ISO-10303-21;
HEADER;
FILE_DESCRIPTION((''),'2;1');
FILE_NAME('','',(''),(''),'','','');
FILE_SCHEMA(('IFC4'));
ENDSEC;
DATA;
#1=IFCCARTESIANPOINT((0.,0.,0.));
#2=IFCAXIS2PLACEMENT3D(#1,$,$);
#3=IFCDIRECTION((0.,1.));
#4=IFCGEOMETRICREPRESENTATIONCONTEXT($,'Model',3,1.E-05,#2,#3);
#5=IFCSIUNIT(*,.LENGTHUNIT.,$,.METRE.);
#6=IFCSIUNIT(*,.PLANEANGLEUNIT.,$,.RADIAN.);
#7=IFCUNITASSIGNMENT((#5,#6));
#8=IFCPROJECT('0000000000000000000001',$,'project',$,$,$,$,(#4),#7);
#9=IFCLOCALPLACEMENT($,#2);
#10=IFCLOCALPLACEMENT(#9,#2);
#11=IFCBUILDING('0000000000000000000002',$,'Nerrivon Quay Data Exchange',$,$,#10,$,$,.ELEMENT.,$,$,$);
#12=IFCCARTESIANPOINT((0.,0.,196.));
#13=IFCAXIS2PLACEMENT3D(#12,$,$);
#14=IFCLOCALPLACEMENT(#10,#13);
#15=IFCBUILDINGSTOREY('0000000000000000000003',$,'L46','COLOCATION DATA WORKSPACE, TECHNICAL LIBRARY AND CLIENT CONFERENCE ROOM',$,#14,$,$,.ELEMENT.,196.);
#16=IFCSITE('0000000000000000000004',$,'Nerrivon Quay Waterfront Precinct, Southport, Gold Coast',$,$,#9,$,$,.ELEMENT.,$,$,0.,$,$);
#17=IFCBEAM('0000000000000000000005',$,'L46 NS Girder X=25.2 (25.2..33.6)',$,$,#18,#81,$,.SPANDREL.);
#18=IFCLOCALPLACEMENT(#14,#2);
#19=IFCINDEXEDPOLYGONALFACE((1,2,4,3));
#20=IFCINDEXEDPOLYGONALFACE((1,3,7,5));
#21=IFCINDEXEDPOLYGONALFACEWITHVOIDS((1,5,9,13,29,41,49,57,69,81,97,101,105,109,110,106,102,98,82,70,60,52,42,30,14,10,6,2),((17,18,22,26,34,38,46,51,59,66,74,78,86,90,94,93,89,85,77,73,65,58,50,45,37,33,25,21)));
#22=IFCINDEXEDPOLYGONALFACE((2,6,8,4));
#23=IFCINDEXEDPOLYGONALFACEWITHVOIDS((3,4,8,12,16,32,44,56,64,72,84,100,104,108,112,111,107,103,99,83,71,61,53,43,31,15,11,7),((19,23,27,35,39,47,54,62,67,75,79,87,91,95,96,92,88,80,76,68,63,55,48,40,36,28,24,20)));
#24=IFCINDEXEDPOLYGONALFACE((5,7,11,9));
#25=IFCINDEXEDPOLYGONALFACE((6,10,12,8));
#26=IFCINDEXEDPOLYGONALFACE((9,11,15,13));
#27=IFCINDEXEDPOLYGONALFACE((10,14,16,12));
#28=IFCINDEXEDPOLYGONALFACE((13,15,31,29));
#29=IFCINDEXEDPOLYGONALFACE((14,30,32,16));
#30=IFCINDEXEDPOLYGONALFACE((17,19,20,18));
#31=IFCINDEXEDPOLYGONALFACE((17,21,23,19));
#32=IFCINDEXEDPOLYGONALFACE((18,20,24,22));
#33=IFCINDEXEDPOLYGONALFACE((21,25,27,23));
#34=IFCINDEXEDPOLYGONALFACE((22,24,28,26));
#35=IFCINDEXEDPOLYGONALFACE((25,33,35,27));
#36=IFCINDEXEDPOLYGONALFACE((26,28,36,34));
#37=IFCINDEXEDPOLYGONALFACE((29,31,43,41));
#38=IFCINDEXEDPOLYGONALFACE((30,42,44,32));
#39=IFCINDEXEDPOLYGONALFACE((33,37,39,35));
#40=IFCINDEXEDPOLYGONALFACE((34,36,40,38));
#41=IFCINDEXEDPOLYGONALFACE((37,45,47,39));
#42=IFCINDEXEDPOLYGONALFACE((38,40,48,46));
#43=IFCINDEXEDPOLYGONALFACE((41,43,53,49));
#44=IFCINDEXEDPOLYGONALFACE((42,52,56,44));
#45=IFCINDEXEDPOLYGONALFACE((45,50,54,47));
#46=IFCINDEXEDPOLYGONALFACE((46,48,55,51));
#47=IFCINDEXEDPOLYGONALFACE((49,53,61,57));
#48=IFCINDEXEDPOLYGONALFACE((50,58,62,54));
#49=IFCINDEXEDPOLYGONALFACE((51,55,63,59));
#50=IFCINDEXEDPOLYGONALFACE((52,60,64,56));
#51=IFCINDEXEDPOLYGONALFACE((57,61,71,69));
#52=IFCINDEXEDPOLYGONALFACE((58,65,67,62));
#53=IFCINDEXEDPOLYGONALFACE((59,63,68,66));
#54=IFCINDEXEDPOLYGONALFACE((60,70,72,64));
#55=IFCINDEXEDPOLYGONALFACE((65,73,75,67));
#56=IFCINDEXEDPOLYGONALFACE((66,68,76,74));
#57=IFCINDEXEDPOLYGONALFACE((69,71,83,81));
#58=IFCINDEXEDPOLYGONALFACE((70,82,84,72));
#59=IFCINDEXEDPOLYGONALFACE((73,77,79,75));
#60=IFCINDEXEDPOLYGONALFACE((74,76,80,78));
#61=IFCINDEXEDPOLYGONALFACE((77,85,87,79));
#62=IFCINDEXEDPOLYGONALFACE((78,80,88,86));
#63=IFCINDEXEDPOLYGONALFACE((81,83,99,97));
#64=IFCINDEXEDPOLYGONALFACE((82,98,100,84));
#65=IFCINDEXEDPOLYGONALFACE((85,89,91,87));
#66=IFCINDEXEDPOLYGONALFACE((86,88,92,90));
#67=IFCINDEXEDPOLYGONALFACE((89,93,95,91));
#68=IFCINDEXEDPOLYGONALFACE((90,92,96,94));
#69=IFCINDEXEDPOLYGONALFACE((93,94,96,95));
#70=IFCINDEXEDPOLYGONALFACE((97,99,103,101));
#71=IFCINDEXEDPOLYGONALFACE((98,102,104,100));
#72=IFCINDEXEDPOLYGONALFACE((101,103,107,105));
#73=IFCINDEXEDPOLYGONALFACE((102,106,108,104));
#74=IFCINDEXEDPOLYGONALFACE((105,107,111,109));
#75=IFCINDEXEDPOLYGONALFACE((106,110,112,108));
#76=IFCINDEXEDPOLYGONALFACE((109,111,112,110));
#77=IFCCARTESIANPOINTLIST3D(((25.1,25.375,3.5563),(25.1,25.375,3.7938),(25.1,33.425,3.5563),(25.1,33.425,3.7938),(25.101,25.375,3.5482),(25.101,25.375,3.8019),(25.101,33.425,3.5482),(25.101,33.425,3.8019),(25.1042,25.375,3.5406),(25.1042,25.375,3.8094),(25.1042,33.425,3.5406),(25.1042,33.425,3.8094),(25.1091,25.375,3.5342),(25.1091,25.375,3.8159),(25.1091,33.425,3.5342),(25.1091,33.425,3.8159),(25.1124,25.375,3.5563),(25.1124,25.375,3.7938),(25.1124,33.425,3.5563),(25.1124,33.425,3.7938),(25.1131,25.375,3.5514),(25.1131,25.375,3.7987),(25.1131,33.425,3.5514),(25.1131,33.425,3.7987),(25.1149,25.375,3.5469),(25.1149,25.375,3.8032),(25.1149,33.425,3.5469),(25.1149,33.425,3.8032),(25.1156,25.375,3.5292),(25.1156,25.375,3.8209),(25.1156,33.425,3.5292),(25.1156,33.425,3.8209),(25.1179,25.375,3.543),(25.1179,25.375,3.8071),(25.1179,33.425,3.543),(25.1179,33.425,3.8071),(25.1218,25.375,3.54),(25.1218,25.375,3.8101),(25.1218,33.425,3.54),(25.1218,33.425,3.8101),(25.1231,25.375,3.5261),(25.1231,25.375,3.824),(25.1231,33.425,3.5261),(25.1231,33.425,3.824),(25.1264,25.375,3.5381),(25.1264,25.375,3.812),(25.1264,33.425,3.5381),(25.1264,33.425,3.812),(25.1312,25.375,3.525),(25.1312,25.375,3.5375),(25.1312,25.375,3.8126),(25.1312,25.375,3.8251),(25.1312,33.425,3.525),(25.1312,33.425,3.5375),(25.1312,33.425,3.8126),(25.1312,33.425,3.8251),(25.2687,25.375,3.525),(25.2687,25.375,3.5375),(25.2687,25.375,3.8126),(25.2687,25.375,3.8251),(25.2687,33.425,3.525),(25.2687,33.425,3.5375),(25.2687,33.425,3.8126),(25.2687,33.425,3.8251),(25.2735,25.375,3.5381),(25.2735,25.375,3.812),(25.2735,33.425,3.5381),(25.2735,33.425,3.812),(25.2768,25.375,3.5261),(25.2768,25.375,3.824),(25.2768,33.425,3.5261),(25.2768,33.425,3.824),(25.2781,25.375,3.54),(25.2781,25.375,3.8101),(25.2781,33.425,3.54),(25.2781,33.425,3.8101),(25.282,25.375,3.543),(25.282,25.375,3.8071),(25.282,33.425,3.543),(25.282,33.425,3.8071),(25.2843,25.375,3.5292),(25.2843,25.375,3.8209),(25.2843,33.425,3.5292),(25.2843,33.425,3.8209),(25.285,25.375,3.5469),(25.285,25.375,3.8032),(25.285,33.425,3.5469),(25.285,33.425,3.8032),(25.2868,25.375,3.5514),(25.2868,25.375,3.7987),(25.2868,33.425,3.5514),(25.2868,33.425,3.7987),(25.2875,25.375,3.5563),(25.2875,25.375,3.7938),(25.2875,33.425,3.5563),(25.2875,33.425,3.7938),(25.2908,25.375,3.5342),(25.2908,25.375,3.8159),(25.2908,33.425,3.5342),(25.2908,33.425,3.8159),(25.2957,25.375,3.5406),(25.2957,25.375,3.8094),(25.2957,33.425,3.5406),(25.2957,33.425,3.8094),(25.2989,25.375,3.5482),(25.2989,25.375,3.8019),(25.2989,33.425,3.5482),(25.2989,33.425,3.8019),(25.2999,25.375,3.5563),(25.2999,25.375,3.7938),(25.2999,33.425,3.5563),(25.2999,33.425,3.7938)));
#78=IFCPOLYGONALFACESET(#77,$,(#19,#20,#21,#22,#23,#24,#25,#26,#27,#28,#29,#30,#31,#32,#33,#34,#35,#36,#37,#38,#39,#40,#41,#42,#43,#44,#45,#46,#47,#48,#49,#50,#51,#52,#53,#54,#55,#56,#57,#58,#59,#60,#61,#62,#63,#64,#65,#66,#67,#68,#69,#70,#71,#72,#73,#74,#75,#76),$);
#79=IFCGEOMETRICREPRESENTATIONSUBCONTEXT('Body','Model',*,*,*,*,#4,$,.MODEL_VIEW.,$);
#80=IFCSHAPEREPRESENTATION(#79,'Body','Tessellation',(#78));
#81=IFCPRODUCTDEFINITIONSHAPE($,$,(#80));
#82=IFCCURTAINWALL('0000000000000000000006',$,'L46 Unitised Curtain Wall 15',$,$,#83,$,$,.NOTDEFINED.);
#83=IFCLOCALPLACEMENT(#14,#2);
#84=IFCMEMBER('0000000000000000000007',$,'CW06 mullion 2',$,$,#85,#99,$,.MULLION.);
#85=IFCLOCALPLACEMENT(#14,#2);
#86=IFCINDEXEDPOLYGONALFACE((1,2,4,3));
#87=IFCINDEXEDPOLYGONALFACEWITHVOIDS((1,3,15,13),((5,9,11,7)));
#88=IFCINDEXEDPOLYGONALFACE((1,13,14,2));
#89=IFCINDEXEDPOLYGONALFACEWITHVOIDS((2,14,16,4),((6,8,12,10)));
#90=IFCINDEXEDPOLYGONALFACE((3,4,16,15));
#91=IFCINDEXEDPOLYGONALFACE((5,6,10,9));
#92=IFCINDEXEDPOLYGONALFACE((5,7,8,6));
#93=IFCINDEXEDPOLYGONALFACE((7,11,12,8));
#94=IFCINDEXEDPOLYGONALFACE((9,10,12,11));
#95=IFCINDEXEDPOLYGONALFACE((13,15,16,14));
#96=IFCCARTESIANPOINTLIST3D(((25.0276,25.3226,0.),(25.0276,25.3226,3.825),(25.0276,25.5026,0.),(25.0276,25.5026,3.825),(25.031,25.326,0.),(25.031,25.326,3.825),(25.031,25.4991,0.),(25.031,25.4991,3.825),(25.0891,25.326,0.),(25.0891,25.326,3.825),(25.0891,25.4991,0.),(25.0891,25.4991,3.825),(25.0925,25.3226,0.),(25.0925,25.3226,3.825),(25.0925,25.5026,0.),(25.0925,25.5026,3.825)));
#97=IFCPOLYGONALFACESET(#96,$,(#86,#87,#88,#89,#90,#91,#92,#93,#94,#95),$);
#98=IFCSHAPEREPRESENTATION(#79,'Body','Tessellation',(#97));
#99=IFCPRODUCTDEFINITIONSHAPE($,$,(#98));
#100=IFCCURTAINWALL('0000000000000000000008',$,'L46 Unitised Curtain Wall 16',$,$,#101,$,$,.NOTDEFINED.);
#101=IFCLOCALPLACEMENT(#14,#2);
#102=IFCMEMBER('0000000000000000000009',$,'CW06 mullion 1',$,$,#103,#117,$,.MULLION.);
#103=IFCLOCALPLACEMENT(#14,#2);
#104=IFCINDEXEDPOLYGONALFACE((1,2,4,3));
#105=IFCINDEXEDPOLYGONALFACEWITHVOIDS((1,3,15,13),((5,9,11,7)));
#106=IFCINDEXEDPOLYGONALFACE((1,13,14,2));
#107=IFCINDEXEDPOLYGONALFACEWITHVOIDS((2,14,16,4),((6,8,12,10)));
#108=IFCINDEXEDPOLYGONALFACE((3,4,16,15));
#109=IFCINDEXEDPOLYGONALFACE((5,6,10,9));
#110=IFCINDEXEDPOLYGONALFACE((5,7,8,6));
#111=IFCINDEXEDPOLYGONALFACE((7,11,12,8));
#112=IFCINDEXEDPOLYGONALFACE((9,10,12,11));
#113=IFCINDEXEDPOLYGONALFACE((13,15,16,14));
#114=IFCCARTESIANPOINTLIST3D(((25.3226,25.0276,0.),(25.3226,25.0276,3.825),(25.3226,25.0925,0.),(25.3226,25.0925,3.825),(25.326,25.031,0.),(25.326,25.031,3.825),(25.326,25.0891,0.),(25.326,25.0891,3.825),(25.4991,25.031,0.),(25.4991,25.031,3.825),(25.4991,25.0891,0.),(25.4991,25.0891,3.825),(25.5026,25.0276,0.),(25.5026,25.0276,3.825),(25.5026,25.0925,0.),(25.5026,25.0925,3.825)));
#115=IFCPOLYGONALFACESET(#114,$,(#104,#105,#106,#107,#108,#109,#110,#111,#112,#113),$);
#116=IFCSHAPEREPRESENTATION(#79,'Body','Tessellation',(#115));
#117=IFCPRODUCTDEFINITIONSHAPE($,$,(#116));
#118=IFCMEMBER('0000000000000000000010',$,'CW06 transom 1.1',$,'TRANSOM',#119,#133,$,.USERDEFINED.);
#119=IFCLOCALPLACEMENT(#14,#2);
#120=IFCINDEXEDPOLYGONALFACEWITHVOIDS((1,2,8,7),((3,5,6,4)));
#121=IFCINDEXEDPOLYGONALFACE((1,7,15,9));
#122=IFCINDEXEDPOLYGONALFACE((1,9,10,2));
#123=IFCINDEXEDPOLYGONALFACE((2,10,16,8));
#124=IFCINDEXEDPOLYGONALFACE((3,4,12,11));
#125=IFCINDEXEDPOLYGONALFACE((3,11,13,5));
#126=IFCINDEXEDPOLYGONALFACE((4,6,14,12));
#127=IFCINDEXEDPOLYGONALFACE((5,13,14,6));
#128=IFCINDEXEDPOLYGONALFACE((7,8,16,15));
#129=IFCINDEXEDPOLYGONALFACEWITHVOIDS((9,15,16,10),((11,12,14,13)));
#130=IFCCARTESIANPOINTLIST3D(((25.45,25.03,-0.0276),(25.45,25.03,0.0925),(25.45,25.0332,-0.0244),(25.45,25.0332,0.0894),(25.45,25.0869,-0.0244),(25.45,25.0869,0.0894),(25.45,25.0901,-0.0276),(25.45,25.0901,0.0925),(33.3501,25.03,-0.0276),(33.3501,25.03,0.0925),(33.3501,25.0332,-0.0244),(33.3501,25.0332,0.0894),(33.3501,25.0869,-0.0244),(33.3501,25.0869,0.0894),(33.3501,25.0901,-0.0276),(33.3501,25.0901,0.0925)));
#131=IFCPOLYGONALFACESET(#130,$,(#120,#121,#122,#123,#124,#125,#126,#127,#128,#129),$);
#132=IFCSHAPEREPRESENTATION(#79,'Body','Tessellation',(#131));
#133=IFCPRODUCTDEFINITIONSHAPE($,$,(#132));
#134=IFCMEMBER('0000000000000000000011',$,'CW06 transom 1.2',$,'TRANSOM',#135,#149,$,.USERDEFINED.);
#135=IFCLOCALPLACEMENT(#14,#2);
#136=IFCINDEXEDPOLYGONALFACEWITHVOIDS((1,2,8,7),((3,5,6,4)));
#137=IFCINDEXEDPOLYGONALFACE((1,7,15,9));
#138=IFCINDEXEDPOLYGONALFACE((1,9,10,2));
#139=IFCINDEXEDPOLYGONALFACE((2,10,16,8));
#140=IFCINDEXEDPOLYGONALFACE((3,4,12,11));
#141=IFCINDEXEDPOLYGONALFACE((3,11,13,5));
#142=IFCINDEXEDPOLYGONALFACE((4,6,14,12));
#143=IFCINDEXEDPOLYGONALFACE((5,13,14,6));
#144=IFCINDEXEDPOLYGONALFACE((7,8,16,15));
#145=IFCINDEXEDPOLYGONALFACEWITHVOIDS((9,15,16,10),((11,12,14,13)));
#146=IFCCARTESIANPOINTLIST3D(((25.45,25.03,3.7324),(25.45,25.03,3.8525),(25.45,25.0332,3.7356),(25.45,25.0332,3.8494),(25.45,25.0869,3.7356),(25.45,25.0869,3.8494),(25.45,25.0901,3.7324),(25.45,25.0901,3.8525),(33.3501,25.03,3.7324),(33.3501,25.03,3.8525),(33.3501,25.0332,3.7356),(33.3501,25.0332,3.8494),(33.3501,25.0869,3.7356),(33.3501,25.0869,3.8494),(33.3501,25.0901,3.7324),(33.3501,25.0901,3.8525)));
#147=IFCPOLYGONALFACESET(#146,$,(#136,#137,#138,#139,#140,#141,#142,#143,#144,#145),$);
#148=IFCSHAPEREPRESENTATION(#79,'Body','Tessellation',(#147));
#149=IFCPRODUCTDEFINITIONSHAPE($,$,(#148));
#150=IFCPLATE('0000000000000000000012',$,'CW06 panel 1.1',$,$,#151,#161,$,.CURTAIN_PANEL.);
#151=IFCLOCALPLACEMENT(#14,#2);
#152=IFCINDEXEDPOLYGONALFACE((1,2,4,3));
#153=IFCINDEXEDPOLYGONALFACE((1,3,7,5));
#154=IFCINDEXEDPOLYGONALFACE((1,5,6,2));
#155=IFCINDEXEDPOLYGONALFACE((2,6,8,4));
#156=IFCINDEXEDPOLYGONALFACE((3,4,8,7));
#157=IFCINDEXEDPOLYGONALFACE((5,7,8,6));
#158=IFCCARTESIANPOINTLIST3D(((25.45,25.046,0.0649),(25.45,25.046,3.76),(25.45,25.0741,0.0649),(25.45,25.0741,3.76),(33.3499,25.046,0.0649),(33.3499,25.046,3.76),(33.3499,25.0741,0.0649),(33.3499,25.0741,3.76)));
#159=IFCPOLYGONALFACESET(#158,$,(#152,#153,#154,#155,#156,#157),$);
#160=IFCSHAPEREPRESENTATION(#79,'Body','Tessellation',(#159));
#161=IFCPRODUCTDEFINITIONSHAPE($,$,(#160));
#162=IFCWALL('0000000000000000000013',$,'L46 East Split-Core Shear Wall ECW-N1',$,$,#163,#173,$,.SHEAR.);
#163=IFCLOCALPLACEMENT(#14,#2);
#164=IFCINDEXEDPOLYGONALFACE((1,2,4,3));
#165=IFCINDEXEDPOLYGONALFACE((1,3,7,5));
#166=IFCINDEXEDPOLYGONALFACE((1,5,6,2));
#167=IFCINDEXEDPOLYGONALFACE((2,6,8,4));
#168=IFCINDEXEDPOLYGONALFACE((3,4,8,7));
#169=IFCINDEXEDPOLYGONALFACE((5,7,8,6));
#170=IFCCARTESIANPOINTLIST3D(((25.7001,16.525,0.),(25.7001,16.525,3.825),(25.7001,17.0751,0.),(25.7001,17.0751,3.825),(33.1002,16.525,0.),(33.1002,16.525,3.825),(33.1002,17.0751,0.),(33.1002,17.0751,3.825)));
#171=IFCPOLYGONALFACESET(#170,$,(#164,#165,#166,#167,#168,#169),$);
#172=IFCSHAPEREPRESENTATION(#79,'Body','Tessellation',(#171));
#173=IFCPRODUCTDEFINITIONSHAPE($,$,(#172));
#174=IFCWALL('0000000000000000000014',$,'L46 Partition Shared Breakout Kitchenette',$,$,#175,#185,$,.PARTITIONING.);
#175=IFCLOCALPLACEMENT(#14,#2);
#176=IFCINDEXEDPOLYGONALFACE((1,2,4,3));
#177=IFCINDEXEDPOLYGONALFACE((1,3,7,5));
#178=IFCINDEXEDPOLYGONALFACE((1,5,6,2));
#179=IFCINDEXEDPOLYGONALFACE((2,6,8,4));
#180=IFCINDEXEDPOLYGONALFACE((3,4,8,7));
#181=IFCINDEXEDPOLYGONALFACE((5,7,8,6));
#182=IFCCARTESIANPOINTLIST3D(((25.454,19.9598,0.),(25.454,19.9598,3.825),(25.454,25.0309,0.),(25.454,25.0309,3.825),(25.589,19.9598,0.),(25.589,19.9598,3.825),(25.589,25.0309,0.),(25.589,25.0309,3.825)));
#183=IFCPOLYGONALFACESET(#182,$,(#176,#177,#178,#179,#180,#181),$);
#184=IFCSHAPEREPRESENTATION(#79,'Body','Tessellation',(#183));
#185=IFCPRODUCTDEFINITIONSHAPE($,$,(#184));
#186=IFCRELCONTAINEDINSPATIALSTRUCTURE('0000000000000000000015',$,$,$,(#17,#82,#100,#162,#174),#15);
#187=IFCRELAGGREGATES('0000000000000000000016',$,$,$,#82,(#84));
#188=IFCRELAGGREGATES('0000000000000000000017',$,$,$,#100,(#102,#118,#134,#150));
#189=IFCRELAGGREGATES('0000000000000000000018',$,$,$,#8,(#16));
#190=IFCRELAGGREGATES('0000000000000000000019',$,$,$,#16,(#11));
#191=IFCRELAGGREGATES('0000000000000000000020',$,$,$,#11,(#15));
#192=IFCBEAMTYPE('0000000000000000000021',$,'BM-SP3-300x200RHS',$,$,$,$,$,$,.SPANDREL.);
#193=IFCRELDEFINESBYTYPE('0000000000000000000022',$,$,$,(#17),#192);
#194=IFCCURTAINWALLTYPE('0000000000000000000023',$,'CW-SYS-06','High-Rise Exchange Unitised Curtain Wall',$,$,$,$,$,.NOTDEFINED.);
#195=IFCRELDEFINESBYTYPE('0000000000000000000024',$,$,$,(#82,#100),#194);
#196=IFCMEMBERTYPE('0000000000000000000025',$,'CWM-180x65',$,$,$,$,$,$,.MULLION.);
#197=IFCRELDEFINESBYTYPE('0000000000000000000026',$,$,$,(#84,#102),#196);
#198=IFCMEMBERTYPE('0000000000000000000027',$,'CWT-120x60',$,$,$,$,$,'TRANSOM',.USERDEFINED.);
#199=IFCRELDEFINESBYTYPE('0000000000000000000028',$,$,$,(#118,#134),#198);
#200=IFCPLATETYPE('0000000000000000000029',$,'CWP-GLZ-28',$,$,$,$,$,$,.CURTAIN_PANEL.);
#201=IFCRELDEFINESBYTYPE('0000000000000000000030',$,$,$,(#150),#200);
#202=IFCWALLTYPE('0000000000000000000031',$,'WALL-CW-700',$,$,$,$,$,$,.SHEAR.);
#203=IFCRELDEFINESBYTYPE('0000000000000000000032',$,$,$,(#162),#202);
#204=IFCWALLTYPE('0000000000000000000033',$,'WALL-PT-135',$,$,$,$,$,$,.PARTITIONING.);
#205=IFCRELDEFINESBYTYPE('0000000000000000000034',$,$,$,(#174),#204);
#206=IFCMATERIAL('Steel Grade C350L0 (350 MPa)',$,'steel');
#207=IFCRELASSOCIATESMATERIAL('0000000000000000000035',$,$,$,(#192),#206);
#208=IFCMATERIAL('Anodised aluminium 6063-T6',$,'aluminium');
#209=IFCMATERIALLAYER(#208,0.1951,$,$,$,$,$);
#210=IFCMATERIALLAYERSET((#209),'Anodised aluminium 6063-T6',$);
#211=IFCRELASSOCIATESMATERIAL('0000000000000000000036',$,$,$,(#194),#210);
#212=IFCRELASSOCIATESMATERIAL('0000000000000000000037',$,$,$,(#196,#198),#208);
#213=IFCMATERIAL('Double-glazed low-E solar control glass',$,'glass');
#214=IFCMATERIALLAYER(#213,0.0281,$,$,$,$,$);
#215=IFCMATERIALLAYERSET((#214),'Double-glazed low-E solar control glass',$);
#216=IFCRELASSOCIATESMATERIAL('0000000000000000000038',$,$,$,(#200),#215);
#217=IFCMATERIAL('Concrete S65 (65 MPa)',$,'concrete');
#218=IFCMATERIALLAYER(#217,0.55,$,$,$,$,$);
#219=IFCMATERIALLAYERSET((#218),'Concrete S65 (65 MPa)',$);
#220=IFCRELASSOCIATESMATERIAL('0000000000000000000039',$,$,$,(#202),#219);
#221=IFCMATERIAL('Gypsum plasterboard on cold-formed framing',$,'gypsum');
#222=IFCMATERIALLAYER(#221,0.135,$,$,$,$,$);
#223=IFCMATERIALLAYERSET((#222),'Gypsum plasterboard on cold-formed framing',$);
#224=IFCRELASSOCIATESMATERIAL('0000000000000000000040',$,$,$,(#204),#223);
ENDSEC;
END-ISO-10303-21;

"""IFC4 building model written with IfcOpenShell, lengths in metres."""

from ifc_helpers import new_model, si_unit, direction, frame, frame_2d, origin, origin_2d, place, context, subcontext, project, spatial, rectangle, hollow_rectangle, extrude, material, layer, layer_set, material_profile, profile_set, type_object, element, aggregate, save


model = new_model("IFC4")

# Units and contexts
model_context = context("Model", 3, precision=1e-05, world=origin(), true_north=direction((0.0, 1.0)))
body_context = subcontext(model_context, "Body", "Model", "MODEL_VIEW")
ifc_project = project(units=[si_unit("LENGTHUNIT", "METRE"), si_unit("PLANEANGLEUNIT", "RADIAN")], contexts=[model_context])

# Site, building, storey
site_placement = place(None, origin())
site = spatial("IfcSite", under=ifc_project, at=site_placement, Name="Nerrivon Quay Waterfront Precinct, Southport, Gold Coast", CompositionType="ELEMENT", RefElevation=0.0)
building_placement = place(site_placement, origin())
building = spatial("IfcBuilding", under=site, at=building_placement, Name="Nerrivon Quay Data Exchange", CompositionType="ELEMENT")
storey_placement = place(building_placement, frame((0.0, 0.0, 196.0)))
storey = spatial("IfcBuildingStorey", under=building, at=storey_placement, Name="L46", Description="COLOCATION DATA WORKSPACE, TECHNICAL LIBRARY AND CLIENT CONFERENCE ROOM", CompositionType="ELEMENT", Elevation=196.0)

# Shared definitions
ifc_material_1 = material(Name="Concrete S65 (65 MPa)", Category="concrete")

# Beam
ifc_material_2 = material(Name="Steel Grade C350L0 (350 MPa)", Category="steel")
ifc_material_profile_1 = material_profile(ifc_material_2, hollow_rectangle(XDim=0.2, YDim=0.3, WallThickness=0.0125, InnerFilletRadius=0.0188, OuterFilletRadius=0.0312, at=origin_2d()), Name="300x200x12.5RHS")
ifc_profile_set_1 = profile_set([ifc_material_profile_1], Name="Steel Grade C350L0 (350 MPa)")
beam_type_1 = type_object("IfcBeamType", Name="BM-SP3-300x200RHS", PredefinedType="SPANDREL", material=ifc_profile_set_1)
beam_1_placement = place(storey_placement, frame((25.2, 25.375, 3.675), z_axis=(0.0, 1.0, 0.0), x_axis=(-1.0, 0.0, 0.0)))
element("IfcBeam", 1, at=beam_1_placement, inside=storey, type_object=beam_type_1, Name="L46 NS Girder X=25.2 (25.2..33.6)", PredefinedType="SPANDREL", context=body_context, shape_type="SweptSolid", body=[
    extrude(hollow_rectangle(XDim=0.2, YDim=0.3, WallThickness=0.0125, InnerFilletRadius=0.0188, OuterFilletRadius=0.0312, at=origin_2d()), origin(), (0.0, 0.0, 1.0), 8.05),
])

# Curtain wall, member
ifc_material_3 = material(Name="Anodised aluminium 6063-T6", Category="aluminium")
ifc_layer_1 = layer(ifc_material_3, 0.1951)
ifc_layer_set_1 = layer_set([ifc_layer_1], Name="Anodised aluminium 6063-T6")
curtain_wall_type = type_object("IfcCurtainWallType", Name="CW-SYS-06", Description="High-Rise Exchange Unitised Curtain Wall", PredefinedType="NOTDEFINED", material=ifc_layer_set_1)
curtain_wall_1_placement = place(storey_placement, origin())
curtain_wall_1 = element("IfcCurtainWall", 2, at=curtain_wall_1_placement, inside=storey, type_object=curtain_wall_type, Name="L46 Unitised Curtain Wall 15", PredefinedType="NOTDEFINED")
ifc_material_profile_2 = material_profile(ifc_material_3, hollow_rectangle(XDim=0.0649, YDim=0.1799, WallThickness=0.0034, at=origin_2d()), Name="ALU-MULL-180x65")
ifc_profile_set_2 = profile_set([ifc_material_profile_2], Name="Anodised aluminium 6063-T6")
member_type_1 = type_object("IfcMemberType", Name="CWM-180x65", PredefinedType="MULLION", material=ifc_profile_set_2)
member_1_placement = place(storey_placement, frame((25.0601, 25.4126, 0.0), z_axis=(0.0, 0.0, 1.0), x_axis=(1.0, 0.0, 0.0)))
member_1 = element("IfcMember", 3, at=member_1_placement, type_object=member_type_1, Name="CW06 mullion 2", PredefinedType="MULLION", context=body_context, shape_type="SweptSolid", body=[
    extrude(hollow_rectangle(XDim=0.0649, YDim=0.1799, WallThickness=0.0034, at=origin_2d()), origin(), (0.0, 0.0, 1.0), 3.825),
])
aggregate(curtain_wall_1, [member_1])

# Curtain wall, members, plate
curtain_wall_2_placement = place(storey_placement, origin())
curtain_wall_2 = element("IfcCurtainWall", 4, at=curtain_wall_2_placement, inside=storey, type_object=curtain_wall_type, Name="L46 Unitised Curtain Wall 16", PredefinedType="NOTDEFINED")
member_2_placement = place(storey_placement, frame((25.4126, 25.0601, 0.0), z_axis=(0.0, 0.0, 1.0), x_axis=(0.0, 1.0, 0.0)))
member_2 = element("IfcMember", 5, at=member_2_placement, type_object=member_type_1, Name="CW06 mullion 1", PredefinedType="MULLION", context=body_context, shape_type="SweptSolid", body=[
    extrude(hollow_rectangle(XDim=0.0649, YDim=0.1799, WallThickness=0.0034, at=origin_2d()), origin(), (0.0, 0.0, 1.0), 3.825),
])
ifc_material_profile_3 = material_profile(ifc_material_3, hollow_rectangle(XDim=0.0601, YDim=0.1201, WallThickness=0.0032, at=origin_2d()), Name="ALU-TRAN-120x60")
ifc_profile_set_3 = profile_set([ifc_material_profile_3], Name="Anodised aluminium 6063-T6")
member_type_2 = type_object("IfcMemberType", Name="CWT-120x60", ElementType="TRANSOM", PredefinedType="USERDEFINED", material=ifc_profile_set_3)
member_3_placement = place(storey_placement, frame((25.45, 25.0601, 0.0325), z_axis=(1.0, 0.0, 0.0), x_axis=(0.0, 1.0, 0.0)))
member_3 = element("IfcMember", 6, at=member_3_placement, type_object=member_type_2, Name="CW06 transom 1.1", ObjectType="TRANSOM", PredefinedType="USERDEFINED", context=body_context, shape_type="SweptSolid", body=[
    extrude(hollow_rectangle(XDim=0.0601, YDim=0.1201, WallThickness=0.0032, at=origin_2d()), origin(), (0.0, 0.0, 1.0), 7.9001),
])
member_4_placement = place(storey_placement, frame((25.45, 25.0601, 3.7925), z_axis=(1.0, 0.0, 0.0), x_axis=(0.0, 1.0, 0.0)))
member_4 = element("IfcMember", 7, at=member_4_placement, type_object=member_type_2, Name="CW06 transom 1.2", ObjectType="TRANSOM", PredefinedType="USERDEFINED", context=body_context, shape_type="SweptSolid", body=[
    extrude(hollow_rectangle(XDim=0.0601, YDim=0.1201, WallThickness=0.0032, at=origin_2d()), origin(), (0.0, 0.0, 1.0), 7.9001),
])
ifc_material_4 = material(Name="Double-glazed low-E solar control glass", Category="glass")
ifc_layer_2 = layer(ifc_material_4, 0.0281)
ifc_layer_set_2 = layer_set([ifc_layer_2], Name="Double-glazed low-E solar control glass")
plate_type = type_object("IfcPlateType", Name="CWP-GLZ-28", PredefinedType="CURTAIN_PANEL", material=ifc_layer_set_2)
plate_placement = place(storey_placement, frame((29.3999, 25.0601, 0.0649), z_axis=(0.0, 0.0, 1.0), x_axis=(1.0, 0.0, 0.0)))
plate = element("IfcPlate", 8, at=plate_placement, type_object=plate_type, Name="CW06 panel 1.1", PredefinedType="CURTAIN_PANEL", context=body_context, shape_type="SweptSolid", body=[
    extrude(rectangle(XDim=7.8999, YDim=0.0281, at=origin_2d()), origin(), (0.0, 0.0, 1.0), 3.6951),
])
aggregate(curtain_wall_2, [member_2, member_3, member_4, plate])

# Walls
ifc_layer_3 = layer(ifc_material_1, 0.55)
ifc_layer_set_3 = layer_set([ifc_layer_3], Name="Concrete S65 (65 MPa)")
wall_type_1 = type_object("IfcWallType", Name="WALL-CW-700", PredefinedType="SHEAR", material=ifc_layer_set_3)
wall_1_placement = place(storey_placement, frame((25.7, 16.8, 0.0), z_axis=(0.0, 0.0, 1.0), x_axis=(1.0, 0.0, 0.0)))
element("IfcWall", 9, at=wall_1_placement, inside=storey, type_object=wall_type_1, Name="L46 East Split-Core Shear Wall ECW-N1", PredefinedType="SHEAR", context=body_context, shape_type="SweptSolid", body=[
    extrude(rectangle(XDim=7.4001, YDim=0.55, at=frame_2d((3.7002, 0.0))), origin(), (0.0, 0.0, 1.0), 3.825),
])
ifc_material_5 = material(Name="Gypsum plasterboard on cold-formed framing", Category="gypsum")
ifc_layer_4 = layer(ifc_material_5, 0.135)
ifc_layer_set_4 = layer_set([ifc_layer_4], Name="Gypsum plasterboard on cold-formed framing")
wall_type_2 = type_object("IfcWallType", Name="WALL-PT-135", PredefinedType="PARTITIONING", material=ifc_layer_set_4)
wall_2_placement = place(storey_placement, frame((25.5215, 25.031, 0.0), z_axis=(0.0, 0.0, 1.0), x_axis=(0.0, -1.0, 0.0)))
element("IfcWall", 10, at=wall_2_placement, inside=storey, type_object=wall_type_2, Name="L46 Partition Shared Breakout Kitchenette", PredefinedType="PARTITIONING", context=body_context, shape_type="SweptSolid", body=[
    extrude(rectangle(XDim=5.071, YDim=0.135, at=frame_2d((2.5356, 0.0))), origin(), (0.0, 0.0, 1.0), 3.825),
])

save(model, "model.ifc")
